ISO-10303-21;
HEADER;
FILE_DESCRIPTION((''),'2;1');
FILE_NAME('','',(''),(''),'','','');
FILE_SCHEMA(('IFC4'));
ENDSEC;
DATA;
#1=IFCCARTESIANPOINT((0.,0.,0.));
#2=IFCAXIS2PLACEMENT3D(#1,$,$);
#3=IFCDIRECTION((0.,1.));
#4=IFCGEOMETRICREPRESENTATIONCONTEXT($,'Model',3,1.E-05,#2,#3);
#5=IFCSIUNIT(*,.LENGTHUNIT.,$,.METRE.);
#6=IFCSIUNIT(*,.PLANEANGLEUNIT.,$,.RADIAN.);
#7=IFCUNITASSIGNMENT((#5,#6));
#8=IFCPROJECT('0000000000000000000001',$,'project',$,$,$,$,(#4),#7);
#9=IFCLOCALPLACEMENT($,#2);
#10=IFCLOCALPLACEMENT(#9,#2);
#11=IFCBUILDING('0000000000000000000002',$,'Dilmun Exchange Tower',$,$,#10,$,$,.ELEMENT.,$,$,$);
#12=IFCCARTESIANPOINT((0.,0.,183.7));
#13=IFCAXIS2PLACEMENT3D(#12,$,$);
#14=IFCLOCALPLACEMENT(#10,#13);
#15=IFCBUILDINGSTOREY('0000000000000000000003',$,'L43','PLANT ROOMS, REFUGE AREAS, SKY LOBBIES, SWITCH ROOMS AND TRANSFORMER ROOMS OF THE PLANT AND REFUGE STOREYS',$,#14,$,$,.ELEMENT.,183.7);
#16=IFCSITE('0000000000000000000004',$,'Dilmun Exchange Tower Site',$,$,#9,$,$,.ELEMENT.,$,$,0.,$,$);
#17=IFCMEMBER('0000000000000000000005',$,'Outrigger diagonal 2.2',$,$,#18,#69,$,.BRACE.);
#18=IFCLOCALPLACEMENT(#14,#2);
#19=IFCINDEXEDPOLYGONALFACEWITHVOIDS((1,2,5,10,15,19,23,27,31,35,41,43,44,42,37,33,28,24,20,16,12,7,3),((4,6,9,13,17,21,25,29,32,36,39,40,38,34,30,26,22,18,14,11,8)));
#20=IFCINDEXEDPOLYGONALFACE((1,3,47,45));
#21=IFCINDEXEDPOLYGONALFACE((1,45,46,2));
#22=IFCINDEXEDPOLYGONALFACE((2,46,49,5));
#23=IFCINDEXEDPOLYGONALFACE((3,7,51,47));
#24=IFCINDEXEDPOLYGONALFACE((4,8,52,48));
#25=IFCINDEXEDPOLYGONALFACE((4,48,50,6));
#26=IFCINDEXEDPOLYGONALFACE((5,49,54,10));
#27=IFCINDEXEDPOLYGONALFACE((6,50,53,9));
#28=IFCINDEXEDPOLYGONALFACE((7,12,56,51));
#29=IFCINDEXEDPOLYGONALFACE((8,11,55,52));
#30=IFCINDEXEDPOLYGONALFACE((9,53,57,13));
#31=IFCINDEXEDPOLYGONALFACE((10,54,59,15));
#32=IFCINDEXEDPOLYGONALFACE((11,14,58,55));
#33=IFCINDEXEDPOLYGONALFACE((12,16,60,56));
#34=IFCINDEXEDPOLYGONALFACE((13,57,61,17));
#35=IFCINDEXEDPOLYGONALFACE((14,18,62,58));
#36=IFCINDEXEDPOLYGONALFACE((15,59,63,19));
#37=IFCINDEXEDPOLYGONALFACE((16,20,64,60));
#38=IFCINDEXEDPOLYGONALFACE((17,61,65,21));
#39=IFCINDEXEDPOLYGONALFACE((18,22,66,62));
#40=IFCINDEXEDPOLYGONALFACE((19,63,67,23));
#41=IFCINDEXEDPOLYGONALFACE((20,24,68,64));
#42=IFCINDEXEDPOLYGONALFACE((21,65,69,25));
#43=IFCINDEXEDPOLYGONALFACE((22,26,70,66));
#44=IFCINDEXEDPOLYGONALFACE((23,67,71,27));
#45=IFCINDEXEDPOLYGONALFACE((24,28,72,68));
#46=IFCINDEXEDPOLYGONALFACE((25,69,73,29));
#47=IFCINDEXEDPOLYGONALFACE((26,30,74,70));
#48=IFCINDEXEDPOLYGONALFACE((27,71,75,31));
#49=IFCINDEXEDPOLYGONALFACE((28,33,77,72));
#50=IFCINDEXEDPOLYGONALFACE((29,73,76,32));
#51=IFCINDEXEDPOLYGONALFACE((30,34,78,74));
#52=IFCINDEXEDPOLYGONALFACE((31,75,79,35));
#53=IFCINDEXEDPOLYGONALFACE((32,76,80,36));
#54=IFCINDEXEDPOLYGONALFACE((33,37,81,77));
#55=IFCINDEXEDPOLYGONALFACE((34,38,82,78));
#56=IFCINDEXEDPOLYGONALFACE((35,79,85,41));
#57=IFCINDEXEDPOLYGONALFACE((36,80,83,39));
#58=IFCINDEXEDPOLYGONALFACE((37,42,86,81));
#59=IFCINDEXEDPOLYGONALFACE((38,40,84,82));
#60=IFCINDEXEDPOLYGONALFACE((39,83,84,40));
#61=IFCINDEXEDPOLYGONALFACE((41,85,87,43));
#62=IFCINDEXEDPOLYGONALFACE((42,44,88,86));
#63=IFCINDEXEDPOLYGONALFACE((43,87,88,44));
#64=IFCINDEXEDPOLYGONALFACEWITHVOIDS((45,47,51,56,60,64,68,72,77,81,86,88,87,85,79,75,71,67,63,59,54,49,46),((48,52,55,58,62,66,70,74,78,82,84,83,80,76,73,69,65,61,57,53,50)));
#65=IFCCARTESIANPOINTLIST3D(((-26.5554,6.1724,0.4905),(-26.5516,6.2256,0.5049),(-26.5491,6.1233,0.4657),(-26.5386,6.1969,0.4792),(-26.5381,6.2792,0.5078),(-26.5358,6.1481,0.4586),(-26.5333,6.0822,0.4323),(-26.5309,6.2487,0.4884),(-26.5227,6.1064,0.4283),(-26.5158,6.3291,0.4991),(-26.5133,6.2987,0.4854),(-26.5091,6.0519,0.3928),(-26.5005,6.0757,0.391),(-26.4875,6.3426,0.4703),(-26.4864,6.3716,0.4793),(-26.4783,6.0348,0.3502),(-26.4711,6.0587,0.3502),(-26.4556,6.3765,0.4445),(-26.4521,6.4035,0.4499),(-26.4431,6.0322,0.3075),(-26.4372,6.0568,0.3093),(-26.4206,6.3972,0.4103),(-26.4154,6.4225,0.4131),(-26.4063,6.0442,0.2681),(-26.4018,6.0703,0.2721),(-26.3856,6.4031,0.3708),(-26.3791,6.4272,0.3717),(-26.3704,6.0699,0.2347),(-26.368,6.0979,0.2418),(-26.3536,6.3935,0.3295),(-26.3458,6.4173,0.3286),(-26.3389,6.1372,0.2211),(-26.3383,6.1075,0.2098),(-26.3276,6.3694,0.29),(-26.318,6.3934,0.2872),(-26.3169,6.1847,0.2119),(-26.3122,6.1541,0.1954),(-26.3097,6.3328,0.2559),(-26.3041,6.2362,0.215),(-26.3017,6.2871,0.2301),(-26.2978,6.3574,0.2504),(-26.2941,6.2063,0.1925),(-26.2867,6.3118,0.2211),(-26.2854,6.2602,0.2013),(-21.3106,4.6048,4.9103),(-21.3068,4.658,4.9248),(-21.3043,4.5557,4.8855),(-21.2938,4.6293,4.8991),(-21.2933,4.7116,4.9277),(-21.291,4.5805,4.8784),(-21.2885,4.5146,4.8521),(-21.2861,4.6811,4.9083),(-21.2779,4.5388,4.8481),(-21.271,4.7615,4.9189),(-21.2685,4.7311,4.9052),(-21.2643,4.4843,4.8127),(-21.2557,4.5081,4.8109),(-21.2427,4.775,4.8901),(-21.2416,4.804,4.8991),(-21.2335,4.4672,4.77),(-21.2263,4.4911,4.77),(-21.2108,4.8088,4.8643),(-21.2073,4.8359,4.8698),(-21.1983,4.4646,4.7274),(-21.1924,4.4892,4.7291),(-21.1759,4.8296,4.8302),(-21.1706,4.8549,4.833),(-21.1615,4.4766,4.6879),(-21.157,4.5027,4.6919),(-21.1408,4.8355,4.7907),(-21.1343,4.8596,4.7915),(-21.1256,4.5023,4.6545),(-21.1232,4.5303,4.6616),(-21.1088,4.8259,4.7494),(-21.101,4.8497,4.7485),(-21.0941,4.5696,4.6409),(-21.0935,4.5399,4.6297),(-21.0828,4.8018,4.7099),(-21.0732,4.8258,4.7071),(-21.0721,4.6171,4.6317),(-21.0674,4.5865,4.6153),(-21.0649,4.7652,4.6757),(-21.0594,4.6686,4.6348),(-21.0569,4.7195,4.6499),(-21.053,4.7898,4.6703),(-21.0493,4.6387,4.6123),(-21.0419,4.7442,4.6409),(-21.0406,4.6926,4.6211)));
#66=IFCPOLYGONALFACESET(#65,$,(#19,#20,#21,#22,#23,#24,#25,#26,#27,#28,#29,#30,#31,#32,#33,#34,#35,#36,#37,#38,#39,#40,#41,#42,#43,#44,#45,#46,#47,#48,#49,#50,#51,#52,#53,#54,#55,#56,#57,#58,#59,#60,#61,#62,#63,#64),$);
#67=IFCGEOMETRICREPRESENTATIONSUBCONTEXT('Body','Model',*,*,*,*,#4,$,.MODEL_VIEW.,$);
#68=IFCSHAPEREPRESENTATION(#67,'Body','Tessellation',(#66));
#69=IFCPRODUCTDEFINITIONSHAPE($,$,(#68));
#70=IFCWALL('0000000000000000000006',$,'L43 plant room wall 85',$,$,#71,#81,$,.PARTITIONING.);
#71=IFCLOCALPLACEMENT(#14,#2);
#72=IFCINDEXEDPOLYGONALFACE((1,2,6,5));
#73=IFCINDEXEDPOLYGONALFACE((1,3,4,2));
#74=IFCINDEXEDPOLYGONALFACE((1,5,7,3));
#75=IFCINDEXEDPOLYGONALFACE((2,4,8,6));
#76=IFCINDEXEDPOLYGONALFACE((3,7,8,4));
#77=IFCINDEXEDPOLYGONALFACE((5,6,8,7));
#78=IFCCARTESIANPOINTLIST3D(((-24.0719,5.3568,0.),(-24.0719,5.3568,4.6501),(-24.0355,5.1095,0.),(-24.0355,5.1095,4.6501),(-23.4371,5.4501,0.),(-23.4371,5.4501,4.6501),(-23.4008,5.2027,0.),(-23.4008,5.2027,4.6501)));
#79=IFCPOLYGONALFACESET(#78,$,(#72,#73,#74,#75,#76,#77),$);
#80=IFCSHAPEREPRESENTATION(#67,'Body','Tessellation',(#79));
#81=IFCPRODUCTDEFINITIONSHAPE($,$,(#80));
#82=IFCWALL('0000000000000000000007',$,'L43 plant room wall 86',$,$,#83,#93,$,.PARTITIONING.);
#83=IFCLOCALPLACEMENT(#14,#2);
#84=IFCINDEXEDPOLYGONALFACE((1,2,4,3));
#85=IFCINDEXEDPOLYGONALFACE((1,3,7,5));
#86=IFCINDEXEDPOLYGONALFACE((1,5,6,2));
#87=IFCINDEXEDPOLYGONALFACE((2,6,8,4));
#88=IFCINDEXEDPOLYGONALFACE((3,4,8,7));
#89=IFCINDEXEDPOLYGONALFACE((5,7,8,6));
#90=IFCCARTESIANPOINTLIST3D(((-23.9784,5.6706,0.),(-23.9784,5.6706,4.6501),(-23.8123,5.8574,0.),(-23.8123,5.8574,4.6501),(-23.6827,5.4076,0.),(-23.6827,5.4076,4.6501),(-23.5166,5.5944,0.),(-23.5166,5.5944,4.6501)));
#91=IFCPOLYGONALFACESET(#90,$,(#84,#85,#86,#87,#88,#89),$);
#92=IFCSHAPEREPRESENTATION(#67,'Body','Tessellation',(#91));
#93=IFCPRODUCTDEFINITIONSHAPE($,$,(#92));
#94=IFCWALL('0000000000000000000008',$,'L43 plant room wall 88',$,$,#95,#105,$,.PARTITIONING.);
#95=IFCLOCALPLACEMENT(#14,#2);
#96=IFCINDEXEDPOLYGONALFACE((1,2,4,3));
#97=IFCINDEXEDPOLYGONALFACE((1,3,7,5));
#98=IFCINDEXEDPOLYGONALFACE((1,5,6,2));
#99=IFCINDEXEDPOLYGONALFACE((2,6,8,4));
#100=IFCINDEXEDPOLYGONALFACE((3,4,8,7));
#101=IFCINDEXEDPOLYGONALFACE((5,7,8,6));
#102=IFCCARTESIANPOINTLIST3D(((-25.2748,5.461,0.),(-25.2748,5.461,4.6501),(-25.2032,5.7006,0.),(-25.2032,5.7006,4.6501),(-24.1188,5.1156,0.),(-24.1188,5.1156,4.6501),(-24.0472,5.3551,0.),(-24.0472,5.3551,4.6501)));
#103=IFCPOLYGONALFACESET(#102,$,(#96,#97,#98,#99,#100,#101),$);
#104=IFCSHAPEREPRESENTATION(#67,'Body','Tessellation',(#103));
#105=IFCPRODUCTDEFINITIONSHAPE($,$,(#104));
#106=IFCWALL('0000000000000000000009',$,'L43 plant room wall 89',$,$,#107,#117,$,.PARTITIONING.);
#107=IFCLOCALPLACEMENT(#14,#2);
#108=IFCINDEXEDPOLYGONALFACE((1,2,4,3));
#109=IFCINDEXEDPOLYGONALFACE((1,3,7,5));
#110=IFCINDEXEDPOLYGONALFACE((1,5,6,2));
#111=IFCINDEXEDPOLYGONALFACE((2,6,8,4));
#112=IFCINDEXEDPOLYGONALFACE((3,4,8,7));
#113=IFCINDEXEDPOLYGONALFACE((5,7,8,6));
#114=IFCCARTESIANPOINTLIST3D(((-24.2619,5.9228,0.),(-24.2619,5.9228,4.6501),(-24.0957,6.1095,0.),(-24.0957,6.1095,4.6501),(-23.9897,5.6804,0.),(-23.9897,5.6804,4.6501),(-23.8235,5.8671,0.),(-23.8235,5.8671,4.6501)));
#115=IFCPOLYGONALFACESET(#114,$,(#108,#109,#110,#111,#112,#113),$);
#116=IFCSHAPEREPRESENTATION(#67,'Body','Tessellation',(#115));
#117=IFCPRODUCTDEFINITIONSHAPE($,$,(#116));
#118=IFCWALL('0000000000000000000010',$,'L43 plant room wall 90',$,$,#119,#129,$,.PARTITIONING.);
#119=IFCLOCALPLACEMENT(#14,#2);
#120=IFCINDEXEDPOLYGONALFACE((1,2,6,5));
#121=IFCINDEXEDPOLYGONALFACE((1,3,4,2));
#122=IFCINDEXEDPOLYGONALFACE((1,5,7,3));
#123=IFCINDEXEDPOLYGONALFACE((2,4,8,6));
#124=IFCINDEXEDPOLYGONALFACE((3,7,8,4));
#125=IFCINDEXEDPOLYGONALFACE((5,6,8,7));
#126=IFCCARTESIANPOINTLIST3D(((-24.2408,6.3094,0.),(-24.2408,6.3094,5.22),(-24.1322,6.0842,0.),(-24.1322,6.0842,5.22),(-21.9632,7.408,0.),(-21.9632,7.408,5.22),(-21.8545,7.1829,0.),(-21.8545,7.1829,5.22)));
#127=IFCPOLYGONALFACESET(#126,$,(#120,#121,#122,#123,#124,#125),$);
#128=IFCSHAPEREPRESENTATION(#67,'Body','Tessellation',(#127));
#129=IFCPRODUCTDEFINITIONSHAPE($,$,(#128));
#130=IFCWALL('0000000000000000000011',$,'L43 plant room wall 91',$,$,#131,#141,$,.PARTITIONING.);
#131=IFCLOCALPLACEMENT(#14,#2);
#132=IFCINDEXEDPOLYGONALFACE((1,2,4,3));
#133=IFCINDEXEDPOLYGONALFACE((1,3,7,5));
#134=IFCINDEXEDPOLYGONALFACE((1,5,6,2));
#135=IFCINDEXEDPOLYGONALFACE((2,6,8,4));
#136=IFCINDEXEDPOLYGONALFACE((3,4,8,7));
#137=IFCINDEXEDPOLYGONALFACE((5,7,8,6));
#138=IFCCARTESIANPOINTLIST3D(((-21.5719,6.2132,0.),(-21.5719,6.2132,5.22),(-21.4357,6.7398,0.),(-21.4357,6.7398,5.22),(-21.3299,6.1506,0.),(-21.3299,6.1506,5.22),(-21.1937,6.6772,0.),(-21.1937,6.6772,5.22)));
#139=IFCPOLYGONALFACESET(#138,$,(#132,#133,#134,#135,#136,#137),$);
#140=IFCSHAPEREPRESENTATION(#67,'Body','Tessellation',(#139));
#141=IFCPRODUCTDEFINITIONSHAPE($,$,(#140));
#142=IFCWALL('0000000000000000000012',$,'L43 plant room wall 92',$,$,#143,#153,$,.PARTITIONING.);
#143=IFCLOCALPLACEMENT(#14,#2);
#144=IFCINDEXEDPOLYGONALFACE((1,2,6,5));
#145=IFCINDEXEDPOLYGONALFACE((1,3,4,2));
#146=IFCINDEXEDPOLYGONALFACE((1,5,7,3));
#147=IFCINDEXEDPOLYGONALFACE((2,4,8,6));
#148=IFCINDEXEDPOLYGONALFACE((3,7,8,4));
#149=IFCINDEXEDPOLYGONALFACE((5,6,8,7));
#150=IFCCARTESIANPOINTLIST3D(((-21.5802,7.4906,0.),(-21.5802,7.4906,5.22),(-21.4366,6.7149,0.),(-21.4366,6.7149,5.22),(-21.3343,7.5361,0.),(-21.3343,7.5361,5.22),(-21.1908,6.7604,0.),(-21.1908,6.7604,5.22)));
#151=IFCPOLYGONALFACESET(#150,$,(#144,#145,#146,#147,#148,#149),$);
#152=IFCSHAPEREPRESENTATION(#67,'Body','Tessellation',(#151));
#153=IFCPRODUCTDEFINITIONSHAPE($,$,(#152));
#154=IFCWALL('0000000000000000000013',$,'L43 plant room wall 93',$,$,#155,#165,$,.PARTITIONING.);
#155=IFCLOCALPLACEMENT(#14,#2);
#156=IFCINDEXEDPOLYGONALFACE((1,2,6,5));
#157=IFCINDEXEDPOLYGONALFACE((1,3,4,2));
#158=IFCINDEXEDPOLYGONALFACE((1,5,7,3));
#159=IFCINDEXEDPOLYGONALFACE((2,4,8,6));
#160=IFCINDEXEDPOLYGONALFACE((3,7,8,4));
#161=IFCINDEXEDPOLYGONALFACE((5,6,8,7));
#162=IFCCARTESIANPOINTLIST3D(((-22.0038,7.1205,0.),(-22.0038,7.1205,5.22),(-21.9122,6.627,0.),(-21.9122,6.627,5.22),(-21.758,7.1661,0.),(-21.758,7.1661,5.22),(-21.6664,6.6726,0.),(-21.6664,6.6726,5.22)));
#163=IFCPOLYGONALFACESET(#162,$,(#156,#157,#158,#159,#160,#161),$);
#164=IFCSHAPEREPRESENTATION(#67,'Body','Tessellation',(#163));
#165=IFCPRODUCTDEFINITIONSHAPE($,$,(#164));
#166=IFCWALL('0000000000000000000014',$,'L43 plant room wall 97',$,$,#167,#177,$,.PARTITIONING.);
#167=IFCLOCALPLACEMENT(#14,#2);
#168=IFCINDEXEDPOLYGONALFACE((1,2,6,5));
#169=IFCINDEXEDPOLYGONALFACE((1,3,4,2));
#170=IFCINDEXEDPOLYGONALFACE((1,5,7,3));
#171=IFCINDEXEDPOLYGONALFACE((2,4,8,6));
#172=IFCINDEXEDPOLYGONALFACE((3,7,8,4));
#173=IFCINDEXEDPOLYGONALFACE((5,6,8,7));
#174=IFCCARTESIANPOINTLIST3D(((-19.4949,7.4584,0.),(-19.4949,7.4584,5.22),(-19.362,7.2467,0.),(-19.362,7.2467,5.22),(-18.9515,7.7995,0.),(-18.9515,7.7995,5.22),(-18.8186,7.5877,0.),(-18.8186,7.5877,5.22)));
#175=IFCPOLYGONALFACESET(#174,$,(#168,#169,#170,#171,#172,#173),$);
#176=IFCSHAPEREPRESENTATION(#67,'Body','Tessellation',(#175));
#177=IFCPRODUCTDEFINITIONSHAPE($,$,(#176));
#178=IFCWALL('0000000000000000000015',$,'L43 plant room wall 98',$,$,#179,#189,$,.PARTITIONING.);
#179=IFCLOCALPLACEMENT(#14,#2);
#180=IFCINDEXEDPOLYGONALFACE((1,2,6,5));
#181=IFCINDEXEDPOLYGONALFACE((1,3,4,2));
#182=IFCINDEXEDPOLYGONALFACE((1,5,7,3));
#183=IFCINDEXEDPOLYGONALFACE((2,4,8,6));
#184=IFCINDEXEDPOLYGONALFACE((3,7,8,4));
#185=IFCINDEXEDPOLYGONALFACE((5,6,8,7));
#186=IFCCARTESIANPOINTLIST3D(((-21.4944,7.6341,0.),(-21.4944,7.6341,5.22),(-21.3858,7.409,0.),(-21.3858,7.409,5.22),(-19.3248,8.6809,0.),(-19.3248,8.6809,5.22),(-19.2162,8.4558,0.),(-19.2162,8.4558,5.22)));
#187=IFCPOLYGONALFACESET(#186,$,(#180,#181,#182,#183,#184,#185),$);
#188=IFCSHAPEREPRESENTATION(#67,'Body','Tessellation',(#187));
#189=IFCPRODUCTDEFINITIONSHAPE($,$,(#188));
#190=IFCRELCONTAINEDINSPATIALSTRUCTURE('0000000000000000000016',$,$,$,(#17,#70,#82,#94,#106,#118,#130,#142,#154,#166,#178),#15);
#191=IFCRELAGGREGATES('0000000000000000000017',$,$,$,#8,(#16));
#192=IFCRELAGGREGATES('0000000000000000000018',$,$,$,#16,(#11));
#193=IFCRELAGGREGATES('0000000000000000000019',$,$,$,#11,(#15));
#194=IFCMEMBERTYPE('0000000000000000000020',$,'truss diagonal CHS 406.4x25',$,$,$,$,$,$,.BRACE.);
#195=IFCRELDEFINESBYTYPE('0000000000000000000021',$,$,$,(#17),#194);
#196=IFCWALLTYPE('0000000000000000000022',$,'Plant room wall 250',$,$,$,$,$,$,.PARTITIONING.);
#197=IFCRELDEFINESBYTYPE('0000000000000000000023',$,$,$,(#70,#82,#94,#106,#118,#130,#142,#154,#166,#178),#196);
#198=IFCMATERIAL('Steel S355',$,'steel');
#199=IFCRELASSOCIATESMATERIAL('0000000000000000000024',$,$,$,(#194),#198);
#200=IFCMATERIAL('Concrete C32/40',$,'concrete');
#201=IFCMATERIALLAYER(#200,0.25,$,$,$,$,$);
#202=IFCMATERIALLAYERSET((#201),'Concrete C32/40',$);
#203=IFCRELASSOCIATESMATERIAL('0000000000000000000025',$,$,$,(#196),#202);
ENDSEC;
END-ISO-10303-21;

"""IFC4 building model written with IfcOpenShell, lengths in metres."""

from ifc_helpers import new_model, si_unit, direction, frame, frame_2d, origin, origin_2d, place, context, subcontext, project, spatial, rectangle, hollow_circle, extrude, material, layer, layer_set, material_profile, profile_set, type_object, element, save


model = new_model("IFC4")

# Units and contexts
model_context = context("Model", 3, precision=1e-05, world=origin(), true_north=direction((0.0, 1.0)))
body_context = subcontext(model_context, "Body", "Model", "MODEL_VIEW")
ifc_project = project(units=[si_unit("LENGTHUNIT", "METRE"), si_unit("PLANEANGLEUNIT", "RADIAN")], contexts=[model_context])

# Site, building, storey
site_placement = place(None, origin())
site = spatial("IfcSite", under=ifc_project, at=site_placement, Name="Dilmun Exchange Tower Site", CompositionType="ELEMENT", RefElevation=0.0)
building_placement = place(site_placement, origin())
building = spatial("IfcBuilding", under=site, at=building_placement, Name="Dilmun Exchange Tower", CompositionType="ELEMENT")
storey_placement = place(building_placement, frame((0.0, 0.0, 183.7)))
storey = spatial("IfcBuildingStorey", under=building, at=storey_placement, Name="L43", Description="PLANT ROOMS, REFUGE AREAS, SKY LOBBIES, SWITCH ROOMS AND TRANSFORMER ROOMS OF THE PLANT AND REFUGE STOREYS", CompositionType="ELEMENT", Elevation=183.7)

# Shared definitions
ifc_material_1 = material(Name="Steel S355", Category="steel")

# Member
ifc_material_profile_1 = material_profile(ifc_material_1, hollow_circle(Radius=0.2031, WallThickness=0.0249, at=origin_2d()), Name="CHS 406.4x25")
ifc_profile_set_1 = profile_set([ifc_material_profile_1], Name="Steel S355")
member_type_1 = type_object("IfcMemberType", Name="truss diagonal CHS 406.4x25", PredefinedType="BRACE", material=ifc_profile_set_1)
member_1_placement = place(storey_placement, frame((-21.1753, 4.6619, 4.77), z_axis=(-0.74546, 0.222809, -0.628209), x_axis=(-0.28637, -0.958119, 0.0)))
element("IfcMember", 1, at=member_1_placement, inside=storey, type_object=member_type_1, Name="Outrigger diagonal 2.2", PredefinedType="BRACE", context=body_context, shape_type="SweptSolid", body=[
    extrude(hollow_circle(Radius=0.2031, WallThickness=0.0249, at=origin_2d()), origin(), (0.0, 0.0, 1.0), 7.0356),
])

# Walls
ifc_material_2 = material(Name="Concrete C32/40", Category="concrete")
ifc_layer_1 = layer(ifc_material_2, 0.25)
ifc_layer_set_1 = layer_set([ifc_layer_1], Name="Concrete C32/40")
wall_type = type_object("IfcWallType", Name="Plant room wall 250", PredefinedType="PARTITIONING", material=ifc_layer_set_1)
wall_1_placement = place(storey_placement, frame((-24.0537, 5.2332, 0.0), z_axis=(0.0, 0.0, 1.0), x_axis=(0.989378, 0.145363, 0.0)))
element("IfcWall", 2, at=wall_1_placement, inside=storey, type_object=wall_type, Name="L43 plant room wall 85", PredefinedType="PARTITIONING", context=body_context, shape_type="SweptSolid", body=[
    extrude(rectangle(XDim=0.6416, YDim=0.25, at=frame_2d((0.3208, 0.0))), origin(), (0.0, 0.0, 1.0), 4.6501),
])
wall_2_placement = place(storey_placement, frame((-23.8953, 5.7639, 0.0), z_axis=(0.0, 0.0, 1.0), x_axis=(0.747239, -0.664555, 0.0)))
element("IfcWall", 3, at=wall_2_placement, inside=storey, type_object=wall_type, Name="L43 plant room wall 86", PredefinedType="PARTITIONING", context=body_context, shape_type="SweptSolid", body=[
    extrude(rectangle(XDim=0.3958, YDim=0.25, at=frame_2d((0.1978, 0.0))), origin(), (0.0, 0.0, 1.0), 4.6501),
])
wall_3_placement = place(storey_placement, frame((-25.239, 5.5808, 0.0), z_axis=(0.0, 0.0, 1.0), x_axis=(0.958132, -0.286327, 0.0)))
element("IfcWall", 4, at=wall_3_placement, inside=storey, type_object=wall_type, Name="L43 plant room wall 88", PredefinedType="PARTITIONING", context=body_context, shape_type="SweptSolid", body=[
    extrude(rectangle(XDim=1.2065, YDim=0.25, at=frame_2d((0.6033, 0.0))), origin(), (0.0, 0.0, 1.0), 4.6501),
])
wall_4_placement = place(storey_placement, frame((-24.1787, 6.0161, 0.0), z_axis=(0.0, 0.0, 1.0), x_axis=(0.746781, -0.66507, 0.0)))
element("IfcWall", 5, at=wall_4_placement, inside=storey, type_object=wall_type, Name="L43 plant room wall 89", PredefinedType="PARTITIONING", context=body_context, shape_type="SweptSolid", body=[
    extrude(rectangle(XDim=0.3645, YDim=0.25, at=frame_2d((0.1821, 0.0))), origin(), (0.0, 0.0, 1.0), 4.6501),
])
wall_5_placement = place(storey_placement, frame((-24.1865, 6.1968, 0.0), z_axis=(0.0, 0.0, 1.0), x_axis=(0.90069, 0.434463, 0.0)))
element("IfcWall", 6, at=wall_5_placement, inside=storey, type_object=wall_type, Name="L43 plant room wall 90", PredefinedType="PARTITIONING", context=body_context, shape_type="SweptSolid", body=[
    extrude(rectangle(XDim=2.5288, YDim=0.25, at=frame_2d((1.2644, 0.0))), origin(), (0.0, 0.0, 1.0), 5.22),
])
wall_6_placement = place(storey_placement, frame((-21.4509, 6.1819, 0.0), z_axis=(0.0, 0.0, 1.0), x_axis=(0.250448, 0.96813, 0.0)))
element("IfcWall", 7, at=wall_6_placement, inside=storey, type_object=wall_type, Name="L43 plant room wall 91", PredefinedType="PARTITIONING", context=body_context, shape_type="SweptSolid", body=[
    extrude(rectangle(XDim=0.5439, YDim=0.25, at=frame_2d((0.272, 0.0))), origin(), (0.0, 0.0, 1.0), 5.22),
])
wall_7_placement = place(storey_placement, frame((-21.4573, 7.5134, 0.0), z_axis=(0.0, 0.0, 1.0), x_axis=(0.18199, -0.9833, 0.0)))
element("IfcWall", 8, at=wall_7_placement, inside=storey, type_object=wall_type, Name="L43 plant room wall 92", PredefinedType="PARTITIONING", context=body_context, shape_type="SweptSolid", body=[
    extrude(rectangle(XDim=0.7888, YDim=0.25, at=frame_2d((0.3945, 0.0))), origin(), (0.0, 0.0, 1.0), 5.22),
])
wall_8_placement = place(storey_placement, frame((-21.8809, 7.1433, 0.0), z_axis=(0.0, 0.0, 1.0), x_axis=(0.18235, -0.983234, 0.0)))
element("IfcWall", 9, at=wall_8_placement, inside=storey, type_object=wall_type, Name="L43 plant room wall 93", PredefinedType="PARTITIONING", context=body_context, shape_type="SweptSolid", body=[
    extrude(rectangle(XDim=0.502, YDim=0.25, at=frame_2d((0.251, 0.0))), origin(), (0.0, 0.0, 1.0), 5.22),
])
wall_9_placement = place(storey_placement, frame((-19.4285, 7.3525, 0.0), z_axis=(0.0, 0.0, 1.0), x_axis=(0.847014, 0.531571, 0.0)))
element("IfcWall", 10, at=wall_9_placement, inside=storey, type_object=wall_type, Name="L43 plant room wall 97", PredefinedType="PARTITIONING", context=body_context, shape_type="SweptSolid", body=[
    extrude(rectangle(XDim=0.6416, YDim=0.25, at=frame_2d((0.3208, 0.0))), origin(), (0.0, 0.0, 1.0), 5.22),
])
wall_10_placement = place(storey_placement, frame((-21.4402, 7.5215, 0.0), z_axis=(0.0, 0.0, 1.0), x_axis=(0.900642, 0.434562, 0.0)))
element("IfcWall", 11, at=wall_10_placement, inside=storey, type_object=wall_type, Name="L43 plant room wall 98", PredefinedType="PARTITIONING", context=body_context, shape_type="SweptSolid", body=[
    extrude(rectangle(XDim=2.4089, YDim=0.25, at=frame_2d((1.2046, 0.0))), origin(), (0.0, 0.0, 1.0), 5.22),
])

save(model, "model.ifc")
